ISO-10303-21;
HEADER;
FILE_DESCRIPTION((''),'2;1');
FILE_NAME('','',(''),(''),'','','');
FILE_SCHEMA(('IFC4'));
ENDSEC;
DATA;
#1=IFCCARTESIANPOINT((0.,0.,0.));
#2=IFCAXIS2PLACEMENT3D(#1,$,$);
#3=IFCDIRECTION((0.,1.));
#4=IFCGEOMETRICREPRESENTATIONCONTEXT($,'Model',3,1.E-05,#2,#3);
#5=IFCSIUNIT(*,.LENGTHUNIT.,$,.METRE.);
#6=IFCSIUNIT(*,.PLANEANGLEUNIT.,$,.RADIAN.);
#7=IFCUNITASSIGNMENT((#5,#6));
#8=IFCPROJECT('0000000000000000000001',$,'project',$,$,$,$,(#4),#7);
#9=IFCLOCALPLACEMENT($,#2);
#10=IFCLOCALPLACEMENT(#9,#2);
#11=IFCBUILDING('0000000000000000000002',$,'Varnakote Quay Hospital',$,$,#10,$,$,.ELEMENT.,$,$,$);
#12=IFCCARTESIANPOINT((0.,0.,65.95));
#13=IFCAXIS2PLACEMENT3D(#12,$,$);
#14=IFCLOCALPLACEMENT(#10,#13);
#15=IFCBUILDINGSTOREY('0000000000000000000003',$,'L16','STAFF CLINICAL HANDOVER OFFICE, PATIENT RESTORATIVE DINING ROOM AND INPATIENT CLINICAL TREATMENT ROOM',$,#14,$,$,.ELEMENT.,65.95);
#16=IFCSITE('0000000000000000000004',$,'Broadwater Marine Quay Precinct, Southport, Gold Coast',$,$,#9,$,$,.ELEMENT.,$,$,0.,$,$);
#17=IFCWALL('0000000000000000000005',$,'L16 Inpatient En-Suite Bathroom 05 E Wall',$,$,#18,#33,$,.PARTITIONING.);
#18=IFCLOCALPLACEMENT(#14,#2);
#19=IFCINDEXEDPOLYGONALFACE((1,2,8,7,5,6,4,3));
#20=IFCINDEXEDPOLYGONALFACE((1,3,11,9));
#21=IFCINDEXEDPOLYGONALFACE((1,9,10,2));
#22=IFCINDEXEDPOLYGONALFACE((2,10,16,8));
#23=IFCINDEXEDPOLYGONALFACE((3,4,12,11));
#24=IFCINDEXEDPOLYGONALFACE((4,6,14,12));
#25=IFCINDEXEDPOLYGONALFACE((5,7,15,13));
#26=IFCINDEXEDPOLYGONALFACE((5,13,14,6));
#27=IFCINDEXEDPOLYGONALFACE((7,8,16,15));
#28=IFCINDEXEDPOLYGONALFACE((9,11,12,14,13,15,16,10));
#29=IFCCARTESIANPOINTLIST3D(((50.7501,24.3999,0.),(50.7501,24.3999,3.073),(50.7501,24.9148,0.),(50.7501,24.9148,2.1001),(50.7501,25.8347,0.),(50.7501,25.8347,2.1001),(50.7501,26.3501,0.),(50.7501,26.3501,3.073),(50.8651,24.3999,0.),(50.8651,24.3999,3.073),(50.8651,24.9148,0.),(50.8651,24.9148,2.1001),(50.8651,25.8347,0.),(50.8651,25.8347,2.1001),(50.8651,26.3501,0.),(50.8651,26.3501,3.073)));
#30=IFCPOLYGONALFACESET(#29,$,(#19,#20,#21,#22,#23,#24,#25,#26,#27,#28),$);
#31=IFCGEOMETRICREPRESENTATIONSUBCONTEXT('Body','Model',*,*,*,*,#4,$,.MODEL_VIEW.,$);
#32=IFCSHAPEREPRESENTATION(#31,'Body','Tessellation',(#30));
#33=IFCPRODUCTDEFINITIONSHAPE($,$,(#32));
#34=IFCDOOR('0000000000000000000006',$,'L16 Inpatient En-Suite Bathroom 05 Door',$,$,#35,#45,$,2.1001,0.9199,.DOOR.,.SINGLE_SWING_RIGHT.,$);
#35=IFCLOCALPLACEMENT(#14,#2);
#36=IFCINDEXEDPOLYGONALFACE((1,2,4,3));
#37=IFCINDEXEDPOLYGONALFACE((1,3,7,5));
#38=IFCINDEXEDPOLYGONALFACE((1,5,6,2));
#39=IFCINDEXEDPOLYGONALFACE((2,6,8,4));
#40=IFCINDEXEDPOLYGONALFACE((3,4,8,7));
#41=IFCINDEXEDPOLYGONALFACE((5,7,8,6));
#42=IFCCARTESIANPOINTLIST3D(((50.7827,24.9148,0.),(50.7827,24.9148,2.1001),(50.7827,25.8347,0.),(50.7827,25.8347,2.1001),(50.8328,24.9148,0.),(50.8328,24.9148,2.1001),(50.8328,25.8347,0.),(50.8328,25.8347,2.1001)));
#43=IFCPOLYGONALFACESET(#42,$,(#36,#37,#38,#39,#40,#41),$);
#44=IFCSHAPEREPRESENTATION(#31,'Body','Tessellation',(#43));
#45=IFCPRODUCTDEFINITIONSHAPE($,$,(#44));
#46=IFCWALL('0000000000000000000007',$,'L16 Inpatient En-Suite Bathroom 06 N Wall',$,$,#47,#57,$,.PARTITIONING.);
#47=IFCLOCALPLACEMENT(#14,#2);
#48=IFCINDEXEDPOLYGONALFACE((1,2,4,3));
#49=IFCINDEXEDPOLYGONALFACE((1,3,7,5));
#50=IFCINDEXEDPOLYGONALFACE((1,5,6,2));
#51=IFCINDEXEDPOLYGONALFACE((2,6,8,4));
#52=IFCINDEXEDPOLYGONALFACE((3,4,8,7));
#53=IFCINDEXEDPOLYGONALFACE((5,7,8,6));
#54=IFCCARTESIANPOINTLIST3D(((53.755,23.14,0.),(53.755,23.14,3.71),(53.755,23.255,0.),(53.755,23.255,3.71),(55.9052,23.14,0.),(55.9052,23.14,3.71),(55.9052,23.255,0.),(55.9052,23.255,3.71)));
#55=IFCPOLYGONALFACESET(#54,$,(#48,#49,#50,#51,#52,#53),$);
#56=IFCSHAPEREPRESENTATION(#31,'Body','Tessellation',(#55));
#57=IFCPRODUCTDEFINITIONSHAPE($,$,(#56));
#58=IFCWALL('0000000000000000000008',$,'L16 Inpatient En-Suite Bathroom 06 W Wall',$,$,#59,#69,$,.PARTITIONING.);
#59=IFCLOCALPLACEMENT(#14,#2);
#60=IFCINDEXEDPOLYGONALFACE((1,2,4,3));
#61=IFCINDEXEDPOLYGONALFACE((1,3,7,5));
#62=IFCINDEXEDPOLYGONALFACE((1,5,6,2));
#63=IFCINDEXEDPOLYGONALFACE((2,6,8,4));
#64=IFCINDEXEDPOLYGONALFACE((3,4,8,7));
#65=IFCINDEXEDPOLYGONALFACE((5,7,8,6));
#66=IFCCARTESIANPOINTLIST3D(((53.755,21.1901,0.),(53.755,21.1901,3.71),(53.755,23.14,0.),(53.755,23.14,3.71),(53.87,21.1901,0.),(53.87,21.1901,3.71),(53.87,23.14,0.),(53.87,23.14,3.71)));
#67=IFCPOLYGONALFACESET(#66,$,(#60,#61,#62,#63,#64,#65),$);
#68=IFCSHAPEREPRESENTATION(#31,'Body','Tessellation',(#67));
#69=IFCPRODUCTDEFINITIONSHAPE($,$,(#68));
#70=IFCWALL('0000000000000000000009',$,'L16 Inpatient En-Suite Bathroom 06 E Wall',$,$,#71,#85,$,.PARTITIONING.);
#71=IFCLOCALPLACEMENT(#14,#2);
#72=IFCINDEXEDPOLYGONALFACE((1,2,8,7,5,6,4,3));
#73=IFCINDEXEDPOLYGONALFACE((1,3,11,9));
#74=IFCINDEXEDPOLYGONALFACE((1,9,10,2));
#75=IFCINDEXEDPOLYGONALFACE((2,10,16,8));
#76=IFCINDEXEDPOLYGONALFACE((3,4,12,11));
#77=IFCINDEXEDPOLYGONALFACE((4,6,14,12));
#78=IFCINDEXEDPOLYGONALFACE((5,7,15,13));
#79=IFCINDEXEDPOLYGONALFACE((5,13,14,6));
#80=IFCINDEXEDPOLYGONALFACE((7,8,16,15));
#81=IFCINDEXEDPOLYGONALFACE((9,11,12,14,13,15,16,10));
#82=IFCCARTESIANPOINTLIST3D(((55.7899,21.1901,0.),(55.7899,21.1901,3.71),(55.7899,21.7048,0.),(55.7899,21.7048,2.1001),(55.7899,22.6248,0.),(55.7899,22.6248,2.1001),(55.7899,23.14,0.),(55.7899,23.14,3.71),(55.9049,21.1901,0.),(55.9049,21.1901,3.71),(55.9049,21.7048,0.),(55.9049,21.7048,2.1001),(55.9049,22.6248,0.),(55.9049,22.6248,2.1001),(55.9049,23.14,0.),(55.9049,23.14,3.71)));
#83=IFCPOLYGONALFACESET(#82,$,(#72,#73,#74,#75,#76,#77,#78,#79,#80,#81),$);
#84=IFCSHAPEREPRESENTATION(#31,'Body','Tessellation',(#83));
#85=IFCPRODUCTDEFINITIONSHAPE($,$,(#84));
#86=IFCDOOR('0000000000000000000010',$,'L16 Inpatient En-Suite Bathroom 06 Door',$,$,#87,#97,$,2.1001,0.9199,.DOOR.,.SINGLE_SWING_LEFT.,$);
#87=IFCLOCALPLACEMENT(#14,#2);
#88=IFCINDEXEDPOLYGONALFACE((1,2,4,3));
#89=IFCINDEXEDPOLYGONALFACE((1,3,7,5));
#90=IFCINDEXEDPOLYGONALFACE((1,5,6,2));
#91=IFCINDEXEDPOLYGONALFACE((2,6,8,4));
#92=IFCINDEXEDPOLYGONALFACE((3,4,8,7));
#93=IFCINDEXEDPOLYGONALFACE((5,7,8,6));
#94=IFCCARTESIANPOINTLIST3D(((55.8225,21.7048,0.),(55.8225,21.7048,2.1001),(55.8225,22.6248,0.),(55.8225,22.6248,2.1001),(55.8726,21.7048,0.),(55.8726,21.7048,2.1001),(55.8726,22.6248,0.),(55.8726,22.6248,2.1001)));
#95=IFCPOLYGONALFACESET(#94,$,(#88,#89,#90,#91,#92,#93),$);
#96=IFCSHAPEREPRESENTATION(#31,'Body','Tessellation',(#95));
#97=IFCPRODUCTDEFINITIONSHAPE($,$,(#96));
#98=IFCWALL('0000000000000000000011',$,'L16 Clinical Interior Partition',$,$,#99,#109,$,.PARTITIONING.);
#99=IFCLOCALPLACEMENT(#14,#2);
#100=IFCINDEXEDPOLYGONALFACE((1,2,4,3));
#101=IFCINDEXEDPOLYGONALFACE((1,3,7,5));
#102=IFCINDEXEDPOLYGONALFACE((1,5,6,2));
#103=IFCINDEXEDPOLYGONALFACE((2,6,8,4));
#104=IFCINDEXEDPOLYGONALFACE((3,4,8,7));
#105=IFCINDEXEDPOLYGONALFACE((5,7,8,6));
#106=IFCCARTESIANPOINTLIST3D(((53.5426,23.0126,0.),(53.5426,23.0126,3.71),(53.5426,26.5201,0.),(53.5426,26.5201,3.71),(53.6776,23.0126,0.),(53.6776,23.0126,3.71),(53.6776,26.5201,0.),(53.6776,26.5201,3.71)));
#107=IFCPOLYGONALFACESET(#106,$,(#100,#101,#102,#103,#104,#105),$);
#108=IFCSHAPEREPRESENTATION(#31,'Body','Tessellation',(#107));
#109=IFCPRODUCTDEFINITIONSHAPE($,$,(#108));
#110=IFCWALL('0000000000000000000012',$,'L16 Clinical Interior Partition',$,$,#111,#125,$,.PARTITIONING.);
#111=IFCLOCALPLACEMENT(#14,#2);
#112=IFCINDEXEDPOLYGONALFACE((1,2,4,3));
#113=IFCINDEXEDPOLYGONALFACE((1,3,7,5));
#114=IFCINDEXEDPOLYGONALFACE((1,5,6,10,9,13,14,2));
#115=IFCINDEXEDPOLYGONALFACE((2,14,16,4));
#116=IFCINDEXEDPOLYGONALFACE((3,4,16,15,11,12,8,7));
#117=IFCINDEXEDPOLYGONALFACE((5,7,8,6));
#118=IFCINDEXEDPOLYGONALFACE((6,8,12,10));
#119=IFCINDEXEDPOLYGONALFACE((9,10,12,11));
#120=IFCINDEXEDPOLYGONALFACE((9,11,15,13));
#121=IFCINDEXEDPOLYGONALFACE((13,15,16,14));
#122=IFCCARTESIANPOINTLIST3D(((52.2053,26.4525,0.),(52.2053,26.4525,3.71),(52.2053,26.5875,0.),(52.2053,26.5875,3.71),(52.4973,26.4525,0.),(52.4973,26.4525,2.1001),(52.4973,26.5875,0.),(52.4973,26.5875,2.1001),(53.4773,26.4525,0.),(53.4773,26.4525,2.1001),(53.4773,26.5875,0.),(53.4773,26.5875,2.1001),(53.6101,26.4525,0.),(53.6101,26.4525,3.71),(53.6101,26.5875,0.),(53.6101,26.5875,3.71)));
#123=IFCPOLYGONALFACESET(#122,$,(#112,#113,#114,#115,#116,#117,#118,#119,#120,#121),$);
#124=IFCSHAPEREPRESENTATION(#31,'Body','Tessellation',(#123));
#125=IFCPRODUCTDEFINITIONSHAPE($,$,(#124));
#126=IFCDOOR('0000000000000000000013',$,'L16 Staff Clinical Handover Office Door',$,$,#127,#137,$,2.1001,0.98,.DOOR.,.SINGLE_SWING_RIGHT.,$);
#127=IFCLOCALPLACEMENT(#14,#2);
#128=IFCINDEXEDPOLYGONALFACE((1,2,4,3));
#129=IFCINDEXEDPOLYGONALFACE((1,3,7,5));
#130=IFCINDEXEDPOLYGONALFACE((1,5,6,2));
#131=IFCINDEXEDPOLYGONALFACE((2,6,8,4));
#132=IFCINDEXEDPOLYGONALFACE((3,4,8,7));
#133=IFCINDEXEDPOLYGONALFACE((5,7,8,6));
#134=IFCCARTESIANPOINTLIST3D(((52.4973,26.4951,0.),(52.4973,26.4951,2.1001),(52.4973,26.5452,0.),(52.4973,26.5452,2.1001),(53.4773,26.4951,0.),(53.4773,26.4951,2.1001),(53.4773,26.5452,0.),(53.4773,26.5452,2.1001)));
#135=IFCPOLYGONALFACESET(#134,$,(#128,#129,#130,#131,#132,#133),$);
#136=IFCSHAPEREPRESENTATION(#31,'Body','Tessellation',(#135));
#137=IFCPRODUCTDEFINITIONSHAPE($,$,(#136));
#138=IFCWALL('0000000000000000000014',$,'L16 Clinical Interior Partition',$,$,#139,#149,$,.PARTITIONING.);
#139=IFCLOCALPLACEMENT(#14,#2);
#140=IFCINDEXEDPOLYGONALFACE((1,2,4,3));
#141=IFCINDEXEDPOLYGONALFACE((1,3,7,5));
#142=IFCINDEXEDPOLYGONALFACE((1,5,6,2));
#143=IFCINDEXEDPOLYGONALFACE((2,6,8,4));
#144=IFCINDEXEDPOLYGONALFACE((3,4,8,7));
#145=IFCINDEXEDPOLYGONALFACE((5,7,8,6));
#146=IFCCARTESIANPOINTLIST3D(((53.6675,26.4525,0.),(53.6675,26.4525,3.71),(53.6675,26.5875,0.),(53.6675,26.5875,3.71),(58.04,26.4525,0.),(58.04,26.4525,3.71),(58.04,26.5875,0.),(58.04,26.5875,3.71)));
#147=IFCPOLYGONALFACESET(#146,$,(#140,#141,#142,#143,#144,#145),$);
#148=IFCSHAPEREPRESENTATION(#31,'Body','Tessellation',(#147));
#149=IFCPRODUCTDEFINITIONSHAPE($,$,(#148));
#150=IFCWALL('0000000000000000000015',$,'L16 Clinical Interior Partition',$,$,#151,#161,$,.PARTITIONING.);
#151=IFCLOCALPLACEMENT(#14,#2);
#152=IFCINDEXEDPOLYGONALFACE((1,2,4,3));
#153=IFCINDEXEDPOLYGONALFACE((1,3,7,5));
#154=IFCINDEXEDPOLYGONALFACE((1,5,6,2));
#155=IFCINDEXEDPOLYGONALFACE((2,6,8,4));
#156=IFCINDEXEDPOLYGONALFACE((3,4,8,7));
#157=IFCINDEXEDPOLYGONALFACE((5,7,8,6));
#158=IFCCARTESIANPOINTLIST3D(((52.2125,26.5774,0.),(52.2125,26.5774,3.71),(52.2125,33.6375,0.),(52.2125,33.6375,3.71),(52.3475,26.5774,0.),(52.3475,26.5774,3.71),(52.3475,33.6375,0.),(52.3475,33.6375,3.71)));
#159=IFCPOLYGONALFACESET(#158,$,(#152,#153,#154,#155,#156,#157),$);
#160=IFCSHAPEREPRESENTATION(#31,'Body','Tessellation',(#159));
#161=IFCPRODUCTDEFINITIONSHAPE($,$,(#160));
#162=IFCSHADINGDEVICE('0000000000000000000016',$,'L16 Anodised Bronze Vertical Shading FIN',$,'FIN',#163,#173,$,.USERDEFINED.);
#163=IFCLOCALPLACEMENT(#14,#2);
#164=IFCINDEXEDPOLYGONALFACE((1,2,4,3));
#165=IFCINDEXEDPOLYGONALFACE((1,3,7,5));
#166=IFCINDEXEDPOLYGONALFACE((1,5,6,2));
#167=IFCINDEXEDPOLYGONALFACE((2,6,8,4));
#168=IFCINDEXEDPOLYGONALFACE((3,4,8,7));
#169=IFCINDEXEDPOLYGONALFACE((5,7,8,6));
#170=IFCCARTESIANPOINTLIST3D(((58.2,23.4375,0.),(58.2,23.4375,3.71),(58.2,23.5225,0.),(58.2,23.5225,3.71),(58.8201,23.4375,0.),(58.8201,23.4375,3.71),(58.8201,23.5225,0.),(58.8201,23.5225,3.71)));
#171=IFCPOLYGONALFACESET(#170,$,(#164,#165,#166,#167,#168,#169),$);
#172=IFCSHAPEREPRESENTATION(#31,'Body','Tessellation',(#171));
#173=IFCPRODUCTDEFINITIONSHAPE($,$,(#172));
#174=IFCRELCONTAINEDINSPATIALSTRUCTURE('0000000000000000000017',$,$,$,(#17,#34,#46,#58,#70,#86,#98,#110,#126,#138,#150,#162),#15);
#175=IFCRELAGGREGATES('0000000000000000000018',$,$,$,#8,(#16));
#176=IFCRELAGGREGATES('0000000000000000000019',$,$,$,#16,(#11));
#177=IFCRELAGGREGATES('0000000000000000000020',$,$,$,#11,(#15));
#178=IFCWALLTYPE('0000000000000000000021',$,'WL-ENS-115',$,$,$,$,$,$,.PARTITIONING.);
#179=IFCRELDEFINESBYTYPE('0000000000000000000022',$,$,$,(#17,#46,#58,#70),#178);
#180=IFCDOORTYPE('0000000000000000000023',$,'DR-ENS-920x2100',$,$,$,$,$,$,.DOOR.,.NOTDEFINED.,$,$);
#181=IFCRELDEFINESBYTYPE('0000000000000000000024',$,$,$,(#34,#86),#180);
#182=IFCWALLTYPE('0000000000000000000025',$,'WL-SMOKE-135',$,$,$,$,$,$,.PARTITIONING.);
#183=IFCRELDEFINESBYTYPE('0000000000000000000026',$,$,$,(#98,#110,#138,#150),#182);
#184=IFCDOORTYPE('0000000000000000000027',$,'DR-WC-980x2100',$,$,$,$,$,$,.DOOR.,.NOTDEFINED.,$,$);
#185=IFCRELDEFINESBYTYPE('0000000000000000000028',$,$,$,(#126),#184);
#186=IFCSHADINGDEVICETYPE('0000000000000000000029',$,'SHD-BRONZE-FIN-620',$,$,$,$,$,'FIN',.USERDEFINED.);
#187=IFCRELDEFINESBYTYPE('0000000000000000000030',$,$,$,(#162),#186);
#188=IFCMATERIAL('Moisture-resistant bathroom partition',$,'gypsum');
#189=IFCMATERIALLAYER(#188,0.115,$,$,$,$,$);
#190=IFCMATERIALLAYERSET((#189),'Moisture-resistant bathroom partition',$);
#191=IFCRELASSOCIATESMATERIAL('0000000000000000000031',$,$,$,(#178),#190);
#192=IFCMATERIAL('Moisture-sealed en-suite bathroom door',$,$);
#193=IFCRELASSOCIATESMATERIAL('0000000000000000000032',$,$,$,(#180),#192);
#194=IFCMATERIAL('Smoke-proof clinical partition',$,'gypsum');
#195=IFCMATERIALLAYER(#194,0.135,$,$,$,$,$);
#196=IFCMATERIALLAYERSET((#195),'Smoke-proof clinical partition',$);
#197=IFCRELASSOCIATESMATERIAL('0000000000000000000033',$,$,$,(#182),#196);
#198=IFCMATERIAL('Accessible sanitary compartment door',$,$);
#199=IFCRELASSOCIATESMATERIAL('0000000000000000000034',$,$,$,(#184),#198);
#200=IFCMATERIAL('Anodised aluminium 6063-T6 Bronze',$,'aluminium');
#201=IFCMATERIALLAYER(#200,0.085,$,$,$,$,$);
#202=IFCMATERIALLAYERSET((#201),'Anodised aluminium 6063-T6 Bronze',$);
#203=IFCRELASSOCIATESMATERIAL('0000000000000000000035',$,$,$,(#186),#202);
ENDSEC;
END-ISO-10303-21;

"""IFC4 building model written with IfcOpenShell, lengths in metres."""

from ifc_helpers import new_model, si_unit, direction, frame, frame_2d, origin, origin_2d, place, context, subcontext, project, spatial, rectangle, extrude, material, layer, layer_set, type_object, element, fill, save


model = new_model("IFC4")

# Units and contexts
model_context = context("Model", 3, precision=1e-05, world=origin(), true_north=direction((0.0, 1.0)))
body_context = subcontext(model_context, "Body", "Model", "MODEL_VIEW")
ifc_project = project(units=[si_unit("LENGTHUNIT", "METRE"), si_unit("PLANEANGLEUNIT", "RADIAN")], contexts=[model_context])

# Site, building, storey
site_placement = place(None, origin())
site = spatial("IfcSite", under=ifc_project, at=site_placement, Name="Broadwater Marine Quay Precinct, Southport, Gold Coast", CompositionType="ELEMENT", RefElevation=0.0)
building_placement = place(site_placement, origin())
building = spatial("IfcBuilding", under=site, at=building_placement, Name="Varnakote Quay Hospital", CompositionType="ELEMENT")
storey_placement = place(building_placement, frame((0.0, 0.0, 65.95)))
storey = spatial("IfcBuildingStorey", under=building, at=storey_placement, Name="L16", Description="STAFF CLINICAL HANDOVER OFFICE, PATIENT RESTORATIVE DINING ROOM AND INPATIENT CLINICAL TREATMENT ROOM", CompositionType="ELEMENT", Elevation=65.95)

# Wall, opening, door
ifc_material_1 = material(Name="Moisture-resistant bathroom partition", Category="gypsum")
ifc_layer_1 = layer(ifc_material_1, 0.115)
ifc_layer_set_1 = layer_set([ifc_layer_1], Name="Moisture-resistant bathroom partition")
wall_type_1 = type_object("IfcWallType", Name="WL-ENS-115", PredefinedType="PARTITIONING", material=ifc_layer_set_1)
wall_1_placement = place(storey_placement, frame((50.8076, 24.3999, 0.0), z_axis=(0.0, 0.0, 1.0), x_axis=(0.0, 1.0, 0.0)))
wall_1 = element("IfcWall", 1, at=wall_1_placement, inside=storey, type_object=wall_type_1, Name="L16 Inpatient En-Suite Bathroom 05 E Wall", PredefinedType="PARTITIONING", context=body_context, shape_type="SweptSolid", body=[
    extrude(rectangle(XDim=1.9502, YDim=0.115, at=frame_2d((0.9751, 0.0))), origin(), (0.0, 0.0, 1.0), 3.073),
])
opening_1_placement = place(wall_1_placement, frame((0.5149, 0.0, 0.0)))
opening_1 = element("IfcOpeningElement", 2, at=opening_1_placement, cuts=wall_1, PredefinedType="OPENING", context=body_context, shape_type="SweptSolid", body=[
    extrude(rectangle(XDim=0.9199, YDim=2.1001, at=frame_2d((0.46, 1.05))), frame((0.0, 0.0674, 0.0), z_axis=(0.0, -1.0, 0.0), x_axis=(1.0, 0.0, 0.0)), (0.0, 0.0, 1.0), 0.135),
])
ifc_material_2 = material(Name="Moisture-sealed en-suite bathroom door")
door_type_1 = type_object("IfcDoorType", Name="DR-ENS-920x2100", OperationType="NOTDEFINED", PredefinedType="DOOR", material=ifc_material_2)
door_1_placement = place(opening_1_placement, origin())
door_1 = element("IfcDoor", 3, at=door_1_placement, inside=storey, type_object=door_type_1, Name="L16 Inpatient En-Suite Bathroom 05 Door", OperationType="SINGLE_SWING_RIGHT", OverallHeight=2.1001, OverallWidth=0.9199, PredefinedType="DOOR", context=body_context, shape_type="SweptSolid", body=[
    extrude(rectangle(XDim=0.9199, YDim=2.1001, at=frame_2d((0.46, 1.05))), frame((0.0, 0.0249, 0.0), z_axis=(0.0, -1.0, 0.0), x_axis=(1.0, 0.0, 0.0)), (0.0, 0.0, 1.0), 0.05),
])
fill(opening_1, door_1)

# Walls
wall_2_placement = place(storey_placement, frame((53.7549, 23.1975, 0.0), z_axis=(0.0, 0.0, 1.0), x_axis=(1.0, 0.0, 0.0)))
element("IfcWall", 4, at=wall_2_placement, inside=storey, type_object=wall_type_1, Name="L16 Inpatient En-Suite Bathroom 06 N Wall", PredefinedType="PARTITIONING", context=body_context, shape_type="SweptSolid", body=[
    extrude(rectangle(XDim=2.1501, YDim=0.115, at=frame_2d((1.0752, 0.0))), origin(), (0.0, 0.0, 1.0), 3.71),
])
wall_3_placement = place(storey_placement, frame((53.8125, 21.1899, 0.0), z_axis=(0.0, 0.0, 1.0), x_axis=(0.0, 1.0, 0.0)))
element("IfcWall", 5, at=wall_3_placement, inside=storey, type_object=wall_type_1, Name="L16 Inpatient En-Suite Bathroom 06 W Wall", PredefinedType="PARTITIONING", context=body_context, shape_type="SweptSolid", body=[
    extrude(rectangle(XDim=1.95, YDim=0.115, at=frame_2d((0.9751, 0.0))), origin(), (0.0, 0.0, 1.0), 3.71),
])

# Wall, opening, door
wall_4_placement = place(storey_placement, frame((55.8474, 21.1899, 0.0), z_axis=(0.0, 0.0, 1.0), x_axis=(0.0, 1.0, 0.0)))
wall_4 = element("IfcWall", 6, at=wall_4_placement, inside=storey, type_object=wall_type_1, Name="L16 Inpatient En-Suite Bathroom 06 E Wall", PredefinedType="PARTITIONING", context=body_context, shape_type="SweptSolid", body=[
    extrude(rectangle(XDim=1.95, YDim=0.115, at=frame_2d((0.9751, 0.0))), origin(), (0.0, 0.0, 1.0), 3.71),
])
opening_2_placement = place(wall_4_placement, frame((0.5149, 0.0, 0.0)))
opening_2 = element("IfcOpeningElement", 7, at=opening_2_placement, cuts=wall_4, PredefinedType="OPENING", context=body_context, shape_type="SweptSolid", body=[
    extrude(rectangle(XDim=0.9199, YDim=2.1001, at=frame_2d((0.46, 1.05))), frame((0.0, 0.0674, 0.0), z_axis=(0.0, -1.0, 0.0), x_axis=(1.0, 0.0, 0.0)), (0.0, 0.0, 1.0), 0.135),
])
door_2_placement = place(opening_2_placement, origin())
door_2 = element("IfcDoor", 8, at=door_2_placement, inside=storey, type_object=door_type_1, Name="L16 Inpatient En-Suite Bathroom 06 Door", OperationType="SINGLE_SWING_LEFT", OverallHeight=2.1001, OverallWidth=0.9199, PredefinedType="DOOR", context=body_context, shape_type="SweptSolid", body=[
    extrude(rectangle(XDim=0.9199, YDim=2.1001, at=frame_2d((0.46, 1.05))), frame((0.0, 0.0249, 0.0), z_axis=(0.0, -1.0, 0.0), x_axis=(1.0, 0.0, 0.0)), (0.0, 0.0, 1.0), 0.05),
])
fill(opening_2, door_2)

# Wall
ifc_material_3 = material(Name="Smoke-proof clinical partition", Category="gypsum")
ifc_layer_2 = layer(ifc_material_3, 0.135)
ifc_layer_set_2 = layer_set([ifc_layer_2], Name="Smoke-proof clinical partition")
wall_type_2 = type_object("IfcWallType", Name="WL-SMOKE-135", PredefinedType="PARTITIONING", material=ifc_layer_set_2)
wall_5_placement = place(storey_placement, frame((53.6101, 23.0125, 0.0), z_axis=(0.0, 0.0, 1.0), x_axis=(0.0, 1.0, 0.0)))
element("IfcWall", 9, at=wall_5_placement, inside=storey, type_object=wall_type_2, Name="L16 Clinical Interior Partition", PredefinedType="PARTITIONING", context=body_context, shape_type="SweptSolid", body=[
    extrude(rectangle(XDim=3.5076, YDim=0.135, at=frame_2d((1.7539, 0.0))), origin(), (0.0, 0.0, 1.0), 3.71),
])

# Wall, opening, door
wall_6_placement = place(storey_placement, frame((53.6101, 26.52, 0.0), z_axis=(0.0, 0.0, 1.0), x_axis=(-1.0, 0.0, 0.0)))
wall_6 = element("IfcWall", 10, at=wall_6_placement, inside=storey, type_object=wall_type_2, Name="L16 Clinical Interior Partition", PredefinedType="PARTITIONING", context=body_context, shape_type="SweptSolid", body=[
    extrude(rectangle(XDim=1.4048, YDim=0.135, at=frame_2d((0.7024, 0.0))), origin(), (0.0, 0.0, 1.0), 3.71),
])
opening_3_placement = place(wall_6_placement, frame((0.1328, 0.0, 0.0)))
opening_3 = element("IfcOpeningElement", 11, at=opening_3_placement, cuts=wall_6, PredefinedType="OPENING", context=body_context, shape_type="SweptSolid", body=[
    extrude(rectangle(XDim=0.98, YDim=2.1001, at=frame_2d((0.49, 1.05))), frame((0.0, 0.0774, 0.0), z_axis=(0.0, -1.0, 0.0), x_axis=(1.0, 0.0, 0.0)), (0.0, 0.0, 1.0), 0.155),
])
ifc_material_4 = material(Name="Accessible sanitary compartment door")
door_type_2 = type_object("IfcDoorType", Name="DR-WC-980x2100", OperationType="NOTDEFINED", PredefinedType="DOOR", material=ifc_material_4)
door_3_placement = place(opening_3_placement, origin())
door_3 = element("IfcDoor", 12, at=door_3_placement, inside=storey, type_object=door_type_2, Name="L16 Staff Clinical Handover Office Door", OperationType="SINGLE_SWING_RIGHT", OverallHeight=2.1001, OverallWidth=0.98, PredefinedType="DOOR", context=body_context, shape_type="SweptSolid", body=[
    extrude(rectangle(XDim=0.98, YDim=2.1001, at=frame_2d((0.49, 1.05))), frame((0.0, 0.0249, 0.0), z_axis=(0.0, -1.0, 0.0), x_axis=(1.0, 0.0, 0.0)), (0.0, 0.0, 1.0), 0.05),
])
fill(opening_3, door_3)

# Walls
wall_7_placement = place(storey_placement, frame((58.04, 26.52, 0.0), z_axis=(0.0, 0.0, 1.0), x_axis=(-1.0, 0.0, 0.0)))
element("IfcWall", 13, at=wall_7_placement, inside=storey, type_object=wall_type_2, Name="L16 Clinical Interior Partition", PredefinedType="PARTITIONING", context=body_context, shape_type="SweptSolid", body=[
    extrude(rectangle(XDim=4.3726, YDim=0.135, at=frame_2d((2.1863, 0.0))), origin(), (0.0, 0.0, 1.0), 3.71),
])
wall_8_placement = place(storey_placement, frame((52.28, 26.5774, 0.0), z_axis=(0.0, 0.0, 1.0), x_axis=(0.0, 1.0, 0.0)))
element("IfcWall", 14, at=wall_8_placement, inside=storey, type_object=wall_type_2, Name="L16 Clinical Interior Partition", PredefinedType="PARTITIONING", context=body_context, shape_type="SweptSolid", body=[
    extrude(rectangle(XDim=7.0601, YDim=0.135, at=frame_2d((3.53, 0.0))), origin(), (0.0, 0.0, 1.0), 3.71),
])

# Shading device
ifc_material_5 = material(Name="Anodised aluminium 6063-T6 Bronze", Category="aluminium")
ifc_layer_3 = layer(ifc_material_5, 0.085)
ifc_layer_set_3 = layer_set([ifc_layer_3], Name="Anodised aluminium 6063-T6 Bronze")
shading_device_type = type_object("IfcShadingDeviceType", Name="SHD-BRONZE-FIN-620", ElementType="FIN", PredefinedType="USERDEFINED", material=ifc_layer_set_3)
for number, where, z_axis, x_axis, name in (
    (15, (58.51, 23.48, 0.0), (0.0, 0.0, 1.0), (-1.0, 0.0, 0.0), "L16 Anodised Bronze Vertical Shading FIN"),
):
    element("IfcShadingDevice", number, at=place(storey_placement, frame(where, z_axis=z_axis, x_axis=x_axis)), inside=storey, type_object=shading_device_type, Name=name, ObjectType="FIN", PredefinedType="USERDEFINED", context=body_context, shape_type="SweptSolid", body=[
        extrude(rectangle(XDim=0.6201, YDim=0.085, at=origin_2d()), origin(), (0.0, 0.0, 1.0), 3.71),
    ])

save(model, "model.ifc")
